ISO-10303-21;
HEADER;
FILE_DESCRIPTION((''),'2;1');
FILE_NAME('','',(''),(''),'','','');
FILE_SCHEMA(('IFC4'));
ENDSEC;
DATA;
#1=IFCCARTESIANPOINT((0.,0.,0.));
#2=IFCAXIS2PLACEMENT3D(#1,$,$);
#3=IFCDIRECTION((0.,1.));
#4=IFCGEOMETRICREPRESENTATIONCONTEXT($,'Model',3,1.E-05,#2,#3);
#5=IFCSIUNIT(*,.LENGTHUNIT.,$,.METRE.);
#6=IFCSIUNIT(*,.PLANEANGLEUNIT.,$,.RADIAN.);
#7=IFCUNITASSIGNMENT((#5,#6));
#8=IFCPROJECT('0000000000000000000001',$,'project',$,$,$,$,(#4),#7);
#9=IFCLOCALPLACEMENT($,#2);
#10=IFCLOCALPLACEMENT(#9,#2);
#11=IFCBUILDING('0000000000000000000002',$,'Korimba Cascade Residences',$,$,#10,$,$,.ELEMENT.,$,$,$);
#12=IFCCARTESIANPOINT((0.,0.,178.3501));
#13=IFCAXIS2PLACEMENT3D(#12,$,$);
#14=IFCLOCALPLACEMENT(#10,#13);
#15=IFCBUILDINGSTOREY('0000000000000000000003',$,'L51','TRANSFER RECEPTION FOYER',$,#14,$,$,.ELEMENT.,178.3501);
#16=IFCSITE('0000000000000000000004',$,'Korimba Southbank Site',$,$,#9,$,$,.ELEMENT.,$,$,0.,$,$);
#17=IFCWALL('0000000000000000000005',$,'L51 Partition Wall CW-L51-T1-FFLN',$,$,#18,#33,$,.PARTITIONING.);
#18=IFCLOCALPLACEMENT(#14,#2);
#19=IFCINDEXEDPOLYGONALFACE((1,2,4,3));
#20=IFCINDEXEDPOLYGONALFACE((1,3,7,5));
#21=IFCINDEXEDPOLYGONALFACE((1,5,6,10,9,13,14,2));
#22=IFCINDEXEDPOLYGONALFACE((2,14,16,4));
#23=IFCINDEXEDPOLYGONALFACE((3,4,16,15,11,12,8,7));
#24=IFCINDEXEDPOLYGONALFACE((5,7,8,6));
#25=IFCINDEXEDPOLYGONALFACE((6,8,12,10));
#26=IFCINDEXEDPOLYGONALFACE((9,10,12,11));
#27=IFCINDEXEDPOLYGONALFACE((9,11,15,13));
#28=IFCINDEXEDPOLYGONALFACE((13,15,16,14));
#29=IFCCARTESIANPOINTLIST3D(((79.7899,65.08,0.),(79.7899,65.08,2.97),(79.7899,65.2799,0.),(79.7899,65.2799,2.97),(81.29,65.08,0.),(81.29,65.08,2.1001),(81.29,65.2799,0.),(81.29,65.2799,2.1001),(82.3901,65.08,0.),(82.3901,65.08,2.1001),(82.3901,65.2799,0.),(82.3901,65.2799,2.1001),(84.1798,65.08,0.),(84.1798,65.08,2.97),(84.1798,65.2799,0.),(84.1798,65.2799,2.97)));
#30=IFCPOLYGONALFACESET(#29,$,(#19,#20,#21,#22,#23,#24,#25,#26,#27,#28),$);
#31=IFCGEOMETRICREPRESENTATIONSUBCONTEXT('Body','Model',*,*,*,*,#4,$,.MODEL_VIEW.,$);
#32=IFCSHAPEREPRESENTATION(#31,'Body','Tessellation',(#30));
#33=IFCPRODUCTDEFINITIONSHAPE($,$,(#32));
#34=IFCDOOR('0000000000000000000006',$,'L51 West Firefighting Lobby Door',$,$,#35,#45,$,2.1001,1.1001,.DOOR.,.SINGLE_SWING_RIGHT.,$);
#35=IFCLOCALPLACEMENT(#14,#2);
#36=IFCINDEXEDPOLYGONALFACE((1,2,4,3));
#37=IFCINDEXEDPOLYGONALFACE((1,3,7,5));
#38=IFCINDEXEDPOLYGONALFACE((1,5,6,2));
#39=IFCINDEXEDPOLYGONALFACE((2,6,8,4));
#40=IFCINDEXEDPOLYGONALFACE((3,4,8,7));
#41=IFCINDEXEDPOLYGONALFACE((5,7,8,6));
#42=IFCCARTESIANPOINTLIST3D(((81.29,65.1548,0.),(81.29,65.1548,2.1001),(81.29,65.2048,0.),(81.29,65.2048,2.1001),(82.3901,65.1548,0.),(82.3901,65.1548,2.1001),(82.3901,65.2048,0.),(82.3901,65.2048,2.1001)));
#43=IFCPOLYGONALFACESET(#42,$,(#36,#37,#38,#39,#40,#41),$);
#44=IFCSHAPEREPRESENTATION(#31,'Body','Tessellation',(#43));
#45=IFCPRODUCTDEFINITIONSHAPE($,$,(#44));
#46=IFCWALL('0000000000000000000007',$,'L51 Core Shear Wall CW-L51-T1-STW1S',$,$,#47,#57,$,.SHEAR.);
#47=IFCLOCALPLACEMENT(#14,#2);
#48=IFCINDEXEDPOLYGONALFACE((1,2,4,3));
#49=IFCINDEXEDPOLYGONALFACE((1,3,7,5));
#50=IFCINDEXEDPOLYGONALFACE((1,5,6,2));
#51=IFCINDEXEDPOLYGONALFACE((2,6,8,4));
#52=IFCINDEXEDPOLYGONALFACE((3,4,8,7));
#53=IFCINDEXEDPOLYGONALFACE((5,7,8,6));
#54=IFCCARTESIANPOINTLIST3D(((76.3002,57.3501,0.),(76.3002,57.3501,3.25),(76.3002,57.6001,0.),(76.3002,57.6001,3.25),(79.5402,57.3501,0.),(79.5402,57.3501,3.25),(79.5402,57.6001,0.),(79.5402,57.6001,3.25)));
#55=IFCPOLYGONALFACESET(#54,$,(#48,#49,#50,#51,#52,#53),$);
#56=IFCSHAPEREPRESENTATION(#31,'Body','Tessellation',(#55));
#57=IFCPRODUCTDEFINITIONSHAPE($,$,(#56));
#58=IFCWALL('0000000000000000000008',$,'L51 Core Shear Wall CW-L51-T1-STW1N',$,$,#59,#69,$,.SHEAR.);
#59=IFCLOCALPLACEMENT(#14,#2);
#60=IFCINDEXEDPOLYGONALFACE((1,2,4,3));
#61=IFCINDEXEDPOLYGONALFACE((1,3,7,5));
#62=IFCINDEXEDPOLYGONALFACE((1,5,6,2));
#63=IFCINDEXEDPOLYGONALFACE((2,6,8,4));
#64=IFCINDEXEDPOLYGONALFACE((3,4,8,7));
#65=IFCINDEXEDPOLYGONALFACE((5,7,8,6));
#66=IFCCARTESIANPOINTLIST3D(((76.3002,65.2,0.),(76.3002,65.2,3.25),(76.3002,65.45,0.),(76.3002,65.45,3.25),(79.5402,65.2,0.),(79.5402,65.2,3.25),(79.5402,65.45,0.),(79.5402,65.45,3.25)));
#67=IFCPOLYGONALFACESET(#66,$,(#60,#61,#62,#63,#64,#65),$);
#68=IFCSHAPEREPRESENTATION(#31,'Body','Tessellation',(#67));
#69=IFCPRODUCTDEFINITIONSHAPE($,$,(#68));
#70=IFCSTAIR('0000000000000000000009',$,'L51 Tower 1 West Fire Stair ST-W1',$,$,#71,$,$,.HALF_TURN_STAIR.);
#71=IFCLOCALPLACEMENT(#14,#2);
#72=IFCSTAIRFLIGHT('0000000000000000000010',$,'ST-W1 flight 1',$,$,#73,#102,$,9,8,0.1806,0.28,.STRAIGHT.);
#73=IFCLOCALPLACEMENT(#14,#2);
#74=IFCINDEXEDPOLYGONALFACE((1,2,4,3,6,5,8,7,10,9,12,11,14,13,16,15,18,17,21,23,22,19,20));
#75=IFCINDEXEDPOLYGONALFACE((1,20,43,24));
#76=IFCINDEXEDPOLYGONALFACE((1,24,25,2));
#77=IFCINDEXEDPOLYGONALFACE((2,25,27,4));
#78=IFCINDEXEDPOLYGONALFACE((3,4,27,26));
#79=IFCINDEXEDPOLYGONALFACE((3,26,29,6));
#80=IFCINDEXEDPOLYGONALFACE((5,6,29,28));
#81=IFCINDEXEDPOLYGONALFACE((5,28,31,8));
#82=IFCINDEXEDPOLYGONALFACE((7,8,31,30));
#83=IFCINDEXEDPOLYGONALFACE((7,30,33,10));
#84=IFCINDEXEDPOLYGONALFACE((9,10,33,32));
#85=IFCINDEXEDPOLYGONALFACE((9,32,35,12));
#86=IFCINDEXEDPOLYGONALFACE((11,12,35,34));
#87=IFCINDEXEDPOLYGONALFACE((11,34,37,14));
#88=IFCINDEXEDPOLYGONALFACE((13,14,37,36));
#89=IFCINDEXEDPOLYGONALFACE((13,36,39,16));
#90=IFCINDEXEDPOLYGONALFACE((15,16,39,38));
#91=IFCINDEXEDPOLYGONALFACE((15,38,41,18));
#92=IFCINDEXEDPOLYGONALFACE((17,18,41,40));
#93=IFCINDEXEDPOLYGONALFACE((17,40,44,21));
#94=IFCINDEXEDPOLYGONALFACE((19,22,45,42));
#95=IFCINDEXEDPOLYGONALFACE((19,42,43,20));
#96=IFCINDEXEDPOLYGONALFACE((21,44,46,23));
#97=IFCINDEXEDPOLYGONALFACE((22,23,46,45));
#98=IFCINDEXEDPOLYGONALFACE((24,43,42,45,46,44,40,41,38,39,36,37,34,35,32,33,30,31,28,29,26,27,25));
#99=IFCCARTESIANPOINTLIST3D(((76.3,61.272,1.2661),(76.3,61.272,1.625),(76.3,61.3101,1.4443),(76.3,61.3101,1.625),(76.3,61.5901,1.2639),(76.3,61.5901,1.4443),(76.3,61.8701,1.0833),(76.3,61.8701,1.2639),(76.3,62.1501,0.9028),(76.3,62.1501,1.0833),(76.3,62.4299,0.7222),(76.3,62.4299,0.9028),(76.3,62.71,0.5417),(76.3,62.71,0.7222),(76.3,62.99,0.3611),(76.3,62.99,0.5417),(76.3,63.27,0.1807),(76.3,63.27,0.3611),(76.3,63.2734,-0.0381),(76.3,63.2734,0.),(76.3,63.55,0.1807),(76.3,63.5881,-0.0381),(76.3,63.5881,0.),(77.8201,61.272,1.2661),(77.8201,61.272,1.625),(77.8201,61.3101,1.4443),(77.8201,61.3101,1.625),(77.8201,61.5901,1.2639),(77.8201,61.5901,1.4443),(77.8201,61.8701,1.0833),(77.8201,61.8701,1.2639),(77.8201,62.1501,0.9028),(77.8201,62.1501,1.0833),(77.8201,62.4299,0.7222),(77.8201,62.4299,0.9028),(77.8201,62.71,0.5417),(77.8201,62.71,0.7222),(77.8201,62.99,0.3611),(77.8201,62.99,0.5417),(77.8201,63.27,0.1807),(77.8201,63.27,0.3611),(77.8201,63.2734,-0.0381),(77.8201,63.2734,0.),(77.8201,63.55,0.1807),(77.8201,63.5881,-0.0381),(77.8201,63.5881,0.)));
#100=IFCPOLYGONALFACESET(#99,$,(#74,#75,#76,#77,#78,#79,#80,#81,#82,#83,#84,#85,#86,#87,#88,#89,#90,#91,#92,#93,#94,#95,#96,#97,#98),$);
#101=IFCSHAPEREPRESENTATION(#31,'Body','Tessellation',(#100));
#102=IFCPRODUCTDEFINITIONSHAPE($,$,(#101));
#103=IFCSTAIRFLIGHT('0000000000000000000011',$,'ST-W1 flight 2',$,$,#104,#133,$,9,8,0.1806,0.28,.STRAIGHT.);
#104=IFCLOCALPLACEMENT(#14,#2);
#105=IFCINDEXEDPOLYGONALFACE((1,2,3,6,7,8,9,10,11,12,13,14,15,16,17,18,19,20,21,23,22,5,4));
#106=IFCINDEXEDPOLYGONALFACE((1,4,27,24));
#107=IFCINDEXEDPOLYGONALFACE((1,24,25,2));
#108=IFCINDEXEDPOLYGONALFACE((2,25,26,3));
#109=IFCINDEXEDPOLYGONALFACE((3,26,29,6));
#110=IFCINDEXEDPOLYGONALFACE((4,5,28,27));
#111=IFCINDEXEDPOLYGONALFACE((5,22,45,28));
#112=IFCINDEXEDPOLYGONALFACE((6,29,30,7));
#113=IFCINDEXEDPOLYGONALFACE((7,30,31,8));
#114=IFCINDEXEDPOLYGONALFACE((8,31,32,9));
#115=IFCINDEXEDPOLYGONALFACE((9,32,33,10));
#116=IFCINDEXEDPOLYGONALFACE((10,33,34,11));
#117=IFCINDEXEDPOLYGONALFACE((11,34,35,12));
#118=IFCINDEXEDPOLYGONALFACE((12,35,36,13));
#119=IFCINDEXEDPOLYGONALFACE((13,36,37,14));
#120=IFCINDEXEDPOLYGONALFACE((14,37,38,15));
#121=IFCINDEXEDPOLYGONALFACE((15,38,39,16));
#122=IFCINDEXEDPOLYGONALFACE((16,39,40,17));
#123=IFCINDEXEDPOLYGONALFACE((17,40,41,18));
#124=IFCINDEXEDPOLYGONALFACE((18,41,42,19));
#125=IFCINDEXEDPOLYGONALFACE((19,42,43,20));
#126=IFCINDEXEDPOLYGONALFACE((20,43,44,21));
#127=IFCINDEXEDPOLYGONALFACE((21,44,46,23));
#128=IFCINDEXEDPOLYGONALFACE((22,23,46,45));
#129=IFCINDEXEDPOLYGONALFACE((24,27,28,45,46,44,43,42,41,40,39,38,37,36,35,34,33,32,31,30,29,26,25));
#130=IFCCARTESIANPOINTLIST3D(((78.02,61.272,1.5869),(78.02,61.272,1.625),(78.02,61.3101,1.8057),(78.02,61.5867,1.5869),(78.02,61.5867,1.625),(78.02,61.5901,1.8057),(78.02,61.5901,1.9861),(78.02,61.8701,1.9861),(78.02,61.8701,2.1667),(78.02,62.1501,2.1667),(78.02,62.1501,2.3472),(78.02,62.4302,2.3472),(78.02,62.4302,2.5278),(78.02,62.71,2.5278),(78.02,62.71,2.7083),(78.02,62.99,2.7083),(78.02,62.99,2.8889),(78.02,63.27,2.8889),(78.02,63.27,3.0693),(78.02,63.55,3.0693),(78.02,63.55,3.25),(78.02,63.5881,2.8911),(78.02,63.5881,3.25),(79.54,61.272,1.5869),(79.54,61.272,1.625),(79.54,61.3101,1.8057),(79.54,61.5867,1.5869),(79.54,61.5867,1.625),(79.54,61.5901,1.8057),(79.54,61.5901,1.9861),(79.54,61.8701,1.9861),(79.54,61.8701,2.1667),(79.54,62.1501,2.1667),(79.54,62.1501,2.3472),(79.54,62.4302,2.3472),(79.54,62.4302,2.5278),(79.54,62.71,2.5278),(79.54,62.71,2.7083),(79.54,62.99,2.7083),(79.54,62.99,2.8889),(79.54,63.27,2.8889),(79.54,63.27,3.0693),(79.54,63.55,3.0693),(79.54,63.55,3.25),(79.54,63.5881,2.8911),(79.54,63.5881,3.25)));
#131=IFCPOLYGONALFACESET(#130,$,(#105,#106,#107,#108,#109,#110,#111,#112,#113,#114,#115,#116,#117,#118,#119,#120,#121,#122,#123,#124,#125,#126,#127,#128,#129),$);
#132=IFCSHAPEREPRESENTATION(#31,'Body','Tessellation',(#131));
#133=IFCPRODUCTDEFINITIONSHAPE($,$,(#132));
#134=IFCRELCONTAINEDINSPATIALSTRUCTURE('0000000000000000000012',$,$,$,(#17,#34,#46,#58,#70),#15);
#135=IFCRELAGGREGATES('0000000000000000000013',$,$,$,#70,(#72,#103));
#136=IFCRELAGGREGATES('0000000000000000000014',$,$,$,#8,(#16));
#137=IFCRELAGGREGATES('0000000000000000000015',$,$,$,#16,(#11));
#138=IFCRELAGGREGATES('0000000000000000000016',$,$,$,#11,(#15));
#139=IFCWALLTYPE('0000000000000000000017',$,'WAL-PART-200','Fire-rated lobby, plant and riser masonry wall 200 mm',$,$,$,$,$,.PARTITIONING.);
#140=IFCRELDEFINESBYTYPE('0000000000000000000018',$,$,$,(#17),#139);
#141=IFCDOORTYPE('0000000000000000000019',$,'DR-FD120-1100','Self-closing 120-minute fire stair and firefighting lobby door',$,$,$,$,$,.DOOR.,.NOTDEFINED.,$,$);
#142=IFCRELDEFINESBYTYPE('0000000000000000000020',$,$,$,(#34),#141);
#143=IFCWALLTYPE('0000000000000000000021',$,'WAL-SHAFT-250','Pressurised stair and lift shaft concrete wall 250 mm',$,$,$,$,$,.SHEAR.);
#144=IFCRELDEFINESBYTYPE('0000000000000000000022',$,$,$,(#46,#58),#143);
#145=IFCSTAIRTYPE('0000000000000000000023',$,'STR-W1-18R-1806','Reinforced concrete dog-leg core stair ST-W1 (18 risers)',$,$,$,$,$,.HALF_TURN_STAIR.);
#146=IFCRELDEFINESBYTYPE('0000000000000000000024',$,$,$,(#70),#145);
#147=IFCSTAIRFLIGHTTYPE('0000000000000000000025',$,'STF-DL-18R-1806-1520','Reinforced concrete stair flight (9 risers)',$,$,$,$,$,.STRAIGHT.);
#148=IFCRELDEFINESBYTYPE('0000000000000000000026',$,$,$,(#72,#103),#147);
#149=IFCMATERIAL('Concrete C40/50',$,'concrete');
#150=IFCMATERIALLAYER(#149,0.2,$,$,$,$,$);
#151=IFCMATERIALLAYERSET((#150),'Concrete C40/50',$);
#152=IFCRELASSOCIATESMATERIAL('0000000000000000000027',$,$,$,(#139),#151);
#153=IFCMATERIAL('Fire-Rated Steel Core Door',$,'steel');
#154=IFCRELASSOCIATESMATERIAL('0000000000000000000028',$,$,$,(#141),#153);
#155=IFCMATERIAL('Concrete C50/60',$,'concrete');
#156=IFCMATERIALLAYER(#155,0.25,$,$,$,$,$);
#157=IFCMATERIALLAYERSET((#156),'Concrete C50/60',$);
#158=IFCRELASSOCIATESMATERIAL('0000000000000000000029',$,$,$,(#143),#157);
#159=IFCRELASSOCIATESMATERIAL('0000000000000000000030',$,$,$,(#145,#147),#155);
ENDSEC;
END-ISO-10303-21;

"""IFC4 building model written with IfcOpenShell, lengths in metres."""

from ifc_helpers import new_model, si_unit, direction, frame, frame_2d, origin, place, context, subcontext, project, spatial, polyline, rectangle, outline, extrude, material, layer, layer_set, type_object, element, fill, aggregate, save


model = new_model("IFC4")

# Units and contexts
model_context = context("Model", 3, precision=1e-05, world=origin(), true_north=direction((0.0, 1.0)))
body_context = subcontext(model_context, "Body", "Model", "MODEL_VIEW")
ifc_project = project(units=[si_unit("LENGTHUNIT", "METRE"), si_unit("PLANEANGLEUNIT", "RADIAN")], contexts=[model_context])

# Site, building, storey
site_placement = place(None, origin())
site = spatial("IfcSite", under=ifc_project, at=site_placement, Name="Korimba Southbank Site", CompositionType="ELEMENT", RefElevation=0.0)
building_placement = place(site_placement, origin())
building = spatial("IfcBuilding", under=site, at=building_placement, Name="Korimba Cascade Residences", CompositionType="ELEMENT")
storey_placement = place(building_placement, frame((0.0, 0.0, 178.3501)))
storey = spatial("IfcBuildingStorey", under=building, at=storey_placement, Name="L51", Description="TRANSFER RECEPTION FOYER", CompositionType="ELEMENT", Elevation=178.3501)

# Wall, opening, door
ifc_material_1 = material(Name="Concrete C40/50", Category="concrete")
ifc_layer_1 = layer(ifc_material_1, 0.2)
ifc_layer_set_1 = layer_set([ifc_layer_1], Name="Concrete C40/50")
wall_type_1 = type_object("IfcWallType", Name="WAL-PART-200", Description="Fire-rated lobby, plant and riser masonry wall 200 mm", PredefinedType="PARTITIONING", material=ifc_layer_set_1)
wall_1_placement = place(storey_placement, frame((79.79, 65.1799, 0.0), z_axis=(0.0, 0.0, 1.0), x_axis=(1.0, 0.0, 0.0)))
wall_1 = element("IfcWall", 1, at=wall_1_placement, inside=storey, type_object=wall_type_1, Name="L51 Partition Wall CW-L51-T1-FFLN", PredefinedType="PARTITIONING", context=body_context, shape_type="SweptSolid", body=[
    extrude(rectangle(XDim=4.3899, YDim=0.2, at=frame_2d((2.1948, 0.0))), origin(), (0.0, 0.0, 1.0), 2.97),
])
opening_1_placement = place(wall_1_placement, frame((1.5, 0.0, 0.0)))
opening_1 = element("IfcOpeningElement", 2, at=opening_1_placement, cuts=wall_1, PredefinedType="OPENING", context=body_context, shape_type="SweptSolid", body=[
    extrude(rectangle(XDim=1.1001, YDim=2.1001, at=frame_2d((0.55, 1.05))), frame((0.0, 0.1099, 0.0), z_axis=(0.0, -1.0, 0.0), x_axis=(1.0, 0.0, 0.0)), (0.0, 0.0, 1.0), 0.22),
])
ifc_material_2 = material(Name="Fire-Rated Steel Core Door", Category="steel")
door_type_1 = type_object("IfcDoorType", Name="DR-FD120-1100", Description="Self-closing 120-minute fire stair and firefighting lobby door", OperationType="NOTDEFINED", PredefinedType="DOOR", material=ifc_material_2)
door_1_placement = place(opening_1_placement, origin())
door_1 = element("IfcDoor", 3, at=door_1_placement, inside=storey, type_object=door_type_1, Name="L51 West Firefighting Lobby Door", OperationType="SINGLE_SWING_RIGHT", OverallHeight=2.1001, OverallWidth=1.1001, PredefinedType="DOOR", context=body_context, shape_type="SweptSolid", body=[
    extrude(rectangle(XDim=1.1001, YDim=2.1001, at=frame_2d((0.55, 1.05))), frame((0.0, 0.0249, 0.0), z_axis=(0.0, -1.0, 0.0), x_axis=(1.0, 0.0, 0.0)), (0.0, 0.0, 1.0), 0.05),
])
fill(opening_1, door_1)

# Walls
ifc_material_3 = material(Name="Concrete C50/60", Category="concrete")
ifc_layer_2 = layer(ifc_material_3, 0.25)
ifc_layer_set_2 = layer_set([ifc_layer_2], Name="Concrete C50/60")
wall_type_2 = type_object("IfcWallType", Name="WAL-SHAFT-250", Description="Pressurised stair and lift shaft concrete wall 250 mm", PredefinedType="SHEAR", material=ifc_layer_set_2)
for number, where, z_axis, x_axis, name in (
    (4, (76.3, 57.4751, 0.0), (0.0, 0.0, 1.0), (1.0, 0.0, 0.0), "L51 Core Shear Wall CW-L51-T1-STW1S"),
    (5, (76.3, 65.325, 0.0), (0.0, 0.0, 1.0), (1.0, 0.0, 0.0), "L51 Core Shear Wall CW-L51-T1-STW1N"),
):
    element("IfcWall", number, at=place(storey_placement, frame(where, z_axis=z_axis, x_axis=x_axis)), inside=storey, type_object=wall_type_2, Name=name, PredefinedType="SHEAR", context=body_context, shape_type="SweptSolid", body=[
        extrude(rectangle(XDim=3.24, YDim=0.25, at=frame_2d((1.6201, 0.0))), origin(), (0.0, 0.0, 1.0), 3.25),
    ])

# Stair, stair flights
stair_type = type_object("IfcStairType", Name="STR-W1-18R-1806", Description="Reinforced concrete dog-leg core stair ST-W1 (18 risers)", PredefinedType="HALF_TURN_STAIR", material=ifc_material_3)
stair_placement = place(storey_placement, origin())
stair = element("IfcStair", 6, at=stair_placement, inside=storey, type_object=stair_type, Name="L51 Tower 1 West Fire Stair ST-W1", PredefinedType="HALF_TURN_STAIR")
stair_flight_type = type_object("IfcStairFlightType", Name="STF-DL-18R-1806-1520", Description="Reinforced concrete stair flight (9 risers)", PredefinedType="STRAIGHT", material=ifc_material_3)
stair_flight_1_placement = place(storey_placement, frame((77.0601, 63.55, 0.0), z_axis=(0.0, 0.0, 1.0), x_axis=(0.0, -1.0, 0.0)))
stair_flight_1 = element("IfcStairFlight", 7, at=stair_flight_1_placement, type_object=stair_flight_type, Name="ST-W1 flight 1", NumberOfRisers=9, NumberOfTreads=8, PredefinedType="STRAIGHT", RiserHeight=0.1806, TreadLength=0.28, context=body_context, shape_type="SweptSolid", body=[
    extrude(outline(polyline([(-0.0381, 0.0), (0.0, 0.1807), (0.28, 0.1807), (0.28, 0.3611), (0.5601, 0.3611), (0.5601, 0.5417), (0.8401, 0.5417), (0.8401, 0.7222), (1.1201, 0.7222), (1.1201, 0.9028), (1.3999, 0.9028), (1.3999, 1.0833), (1.6799, 1.0833), (1.6799, 1.2639), (1.96, 1.2639), (1.96, 1.4443), (2.24, 1.4443), (2.24, 1.625), (2.2781, 1.625), (2.2781, 1.2661), (0.2766, 0.0), (0.2766, -0.0381), (-0.0381, -0.0381), (-0.0381, 0.0)])), frame((0.0, 0.76, 0.0), z_axis=(0.0, -1.0, 0.0), x_axis=(1.0, 0.0, 0.0)), (0.0, 0.0, 1.0), 1.52),
])
stair_flight_2_placement = place(storey_placement, frame((78.78, 61.3101, 1.625), z_axis=(0.0, 0.0, 1.0), x_axis=(0.0, 1.0, 0.0)))
stair_flight_2 = element("IfcStairFlight", 8, at=stair_flight_2_placement, type_object=stair_flight_type, Name="ST-W1 flight 2", NumberOfRisers=9, NumberOfTreads=8, PredefinedType="STRAIGHT", RiserHeight=0.1806, TreadLength=0.28, context=body_context, shape_type="SweptSolid", body=[
    extrude(outline(polyline([(-0.0381, 0.0), (0.0, 0.1807), (0.28, 0.1807), (0.28, 0.3611), (0.5601, 0.3611), (0.5601, 0.5417), (0.8401, 0.5417), (0.8401, 0.7222), (1.1201, 0.7222), (1.1201, 0.9028), (1.3999, 0.9028), (1.3999, 1.0833), (1.6799, 1.0833), (1.6799, 1.2639), (1.96, 1.2639), (1.96, 1.4443), (2.24, 1.4443), (2.24, 1.625), (2.2781, 1.625), (2.2781, 1.2661), (0.2766, 0.0), (0.2766, -0.0381), (-0.0381, -0.0381), (-0.0381, 0.0)])), frame((0.0, 0.76, 0.0), z_axis=(0.0, -1.0, 0.0), x_axis=(1.0, 0.0, 0.0)), (0.0, 0.0, 1.0), 1.52),
])
aggregate(stair, [stair_flight_1, stair_flight_2])

save(model, "model.ifc")
